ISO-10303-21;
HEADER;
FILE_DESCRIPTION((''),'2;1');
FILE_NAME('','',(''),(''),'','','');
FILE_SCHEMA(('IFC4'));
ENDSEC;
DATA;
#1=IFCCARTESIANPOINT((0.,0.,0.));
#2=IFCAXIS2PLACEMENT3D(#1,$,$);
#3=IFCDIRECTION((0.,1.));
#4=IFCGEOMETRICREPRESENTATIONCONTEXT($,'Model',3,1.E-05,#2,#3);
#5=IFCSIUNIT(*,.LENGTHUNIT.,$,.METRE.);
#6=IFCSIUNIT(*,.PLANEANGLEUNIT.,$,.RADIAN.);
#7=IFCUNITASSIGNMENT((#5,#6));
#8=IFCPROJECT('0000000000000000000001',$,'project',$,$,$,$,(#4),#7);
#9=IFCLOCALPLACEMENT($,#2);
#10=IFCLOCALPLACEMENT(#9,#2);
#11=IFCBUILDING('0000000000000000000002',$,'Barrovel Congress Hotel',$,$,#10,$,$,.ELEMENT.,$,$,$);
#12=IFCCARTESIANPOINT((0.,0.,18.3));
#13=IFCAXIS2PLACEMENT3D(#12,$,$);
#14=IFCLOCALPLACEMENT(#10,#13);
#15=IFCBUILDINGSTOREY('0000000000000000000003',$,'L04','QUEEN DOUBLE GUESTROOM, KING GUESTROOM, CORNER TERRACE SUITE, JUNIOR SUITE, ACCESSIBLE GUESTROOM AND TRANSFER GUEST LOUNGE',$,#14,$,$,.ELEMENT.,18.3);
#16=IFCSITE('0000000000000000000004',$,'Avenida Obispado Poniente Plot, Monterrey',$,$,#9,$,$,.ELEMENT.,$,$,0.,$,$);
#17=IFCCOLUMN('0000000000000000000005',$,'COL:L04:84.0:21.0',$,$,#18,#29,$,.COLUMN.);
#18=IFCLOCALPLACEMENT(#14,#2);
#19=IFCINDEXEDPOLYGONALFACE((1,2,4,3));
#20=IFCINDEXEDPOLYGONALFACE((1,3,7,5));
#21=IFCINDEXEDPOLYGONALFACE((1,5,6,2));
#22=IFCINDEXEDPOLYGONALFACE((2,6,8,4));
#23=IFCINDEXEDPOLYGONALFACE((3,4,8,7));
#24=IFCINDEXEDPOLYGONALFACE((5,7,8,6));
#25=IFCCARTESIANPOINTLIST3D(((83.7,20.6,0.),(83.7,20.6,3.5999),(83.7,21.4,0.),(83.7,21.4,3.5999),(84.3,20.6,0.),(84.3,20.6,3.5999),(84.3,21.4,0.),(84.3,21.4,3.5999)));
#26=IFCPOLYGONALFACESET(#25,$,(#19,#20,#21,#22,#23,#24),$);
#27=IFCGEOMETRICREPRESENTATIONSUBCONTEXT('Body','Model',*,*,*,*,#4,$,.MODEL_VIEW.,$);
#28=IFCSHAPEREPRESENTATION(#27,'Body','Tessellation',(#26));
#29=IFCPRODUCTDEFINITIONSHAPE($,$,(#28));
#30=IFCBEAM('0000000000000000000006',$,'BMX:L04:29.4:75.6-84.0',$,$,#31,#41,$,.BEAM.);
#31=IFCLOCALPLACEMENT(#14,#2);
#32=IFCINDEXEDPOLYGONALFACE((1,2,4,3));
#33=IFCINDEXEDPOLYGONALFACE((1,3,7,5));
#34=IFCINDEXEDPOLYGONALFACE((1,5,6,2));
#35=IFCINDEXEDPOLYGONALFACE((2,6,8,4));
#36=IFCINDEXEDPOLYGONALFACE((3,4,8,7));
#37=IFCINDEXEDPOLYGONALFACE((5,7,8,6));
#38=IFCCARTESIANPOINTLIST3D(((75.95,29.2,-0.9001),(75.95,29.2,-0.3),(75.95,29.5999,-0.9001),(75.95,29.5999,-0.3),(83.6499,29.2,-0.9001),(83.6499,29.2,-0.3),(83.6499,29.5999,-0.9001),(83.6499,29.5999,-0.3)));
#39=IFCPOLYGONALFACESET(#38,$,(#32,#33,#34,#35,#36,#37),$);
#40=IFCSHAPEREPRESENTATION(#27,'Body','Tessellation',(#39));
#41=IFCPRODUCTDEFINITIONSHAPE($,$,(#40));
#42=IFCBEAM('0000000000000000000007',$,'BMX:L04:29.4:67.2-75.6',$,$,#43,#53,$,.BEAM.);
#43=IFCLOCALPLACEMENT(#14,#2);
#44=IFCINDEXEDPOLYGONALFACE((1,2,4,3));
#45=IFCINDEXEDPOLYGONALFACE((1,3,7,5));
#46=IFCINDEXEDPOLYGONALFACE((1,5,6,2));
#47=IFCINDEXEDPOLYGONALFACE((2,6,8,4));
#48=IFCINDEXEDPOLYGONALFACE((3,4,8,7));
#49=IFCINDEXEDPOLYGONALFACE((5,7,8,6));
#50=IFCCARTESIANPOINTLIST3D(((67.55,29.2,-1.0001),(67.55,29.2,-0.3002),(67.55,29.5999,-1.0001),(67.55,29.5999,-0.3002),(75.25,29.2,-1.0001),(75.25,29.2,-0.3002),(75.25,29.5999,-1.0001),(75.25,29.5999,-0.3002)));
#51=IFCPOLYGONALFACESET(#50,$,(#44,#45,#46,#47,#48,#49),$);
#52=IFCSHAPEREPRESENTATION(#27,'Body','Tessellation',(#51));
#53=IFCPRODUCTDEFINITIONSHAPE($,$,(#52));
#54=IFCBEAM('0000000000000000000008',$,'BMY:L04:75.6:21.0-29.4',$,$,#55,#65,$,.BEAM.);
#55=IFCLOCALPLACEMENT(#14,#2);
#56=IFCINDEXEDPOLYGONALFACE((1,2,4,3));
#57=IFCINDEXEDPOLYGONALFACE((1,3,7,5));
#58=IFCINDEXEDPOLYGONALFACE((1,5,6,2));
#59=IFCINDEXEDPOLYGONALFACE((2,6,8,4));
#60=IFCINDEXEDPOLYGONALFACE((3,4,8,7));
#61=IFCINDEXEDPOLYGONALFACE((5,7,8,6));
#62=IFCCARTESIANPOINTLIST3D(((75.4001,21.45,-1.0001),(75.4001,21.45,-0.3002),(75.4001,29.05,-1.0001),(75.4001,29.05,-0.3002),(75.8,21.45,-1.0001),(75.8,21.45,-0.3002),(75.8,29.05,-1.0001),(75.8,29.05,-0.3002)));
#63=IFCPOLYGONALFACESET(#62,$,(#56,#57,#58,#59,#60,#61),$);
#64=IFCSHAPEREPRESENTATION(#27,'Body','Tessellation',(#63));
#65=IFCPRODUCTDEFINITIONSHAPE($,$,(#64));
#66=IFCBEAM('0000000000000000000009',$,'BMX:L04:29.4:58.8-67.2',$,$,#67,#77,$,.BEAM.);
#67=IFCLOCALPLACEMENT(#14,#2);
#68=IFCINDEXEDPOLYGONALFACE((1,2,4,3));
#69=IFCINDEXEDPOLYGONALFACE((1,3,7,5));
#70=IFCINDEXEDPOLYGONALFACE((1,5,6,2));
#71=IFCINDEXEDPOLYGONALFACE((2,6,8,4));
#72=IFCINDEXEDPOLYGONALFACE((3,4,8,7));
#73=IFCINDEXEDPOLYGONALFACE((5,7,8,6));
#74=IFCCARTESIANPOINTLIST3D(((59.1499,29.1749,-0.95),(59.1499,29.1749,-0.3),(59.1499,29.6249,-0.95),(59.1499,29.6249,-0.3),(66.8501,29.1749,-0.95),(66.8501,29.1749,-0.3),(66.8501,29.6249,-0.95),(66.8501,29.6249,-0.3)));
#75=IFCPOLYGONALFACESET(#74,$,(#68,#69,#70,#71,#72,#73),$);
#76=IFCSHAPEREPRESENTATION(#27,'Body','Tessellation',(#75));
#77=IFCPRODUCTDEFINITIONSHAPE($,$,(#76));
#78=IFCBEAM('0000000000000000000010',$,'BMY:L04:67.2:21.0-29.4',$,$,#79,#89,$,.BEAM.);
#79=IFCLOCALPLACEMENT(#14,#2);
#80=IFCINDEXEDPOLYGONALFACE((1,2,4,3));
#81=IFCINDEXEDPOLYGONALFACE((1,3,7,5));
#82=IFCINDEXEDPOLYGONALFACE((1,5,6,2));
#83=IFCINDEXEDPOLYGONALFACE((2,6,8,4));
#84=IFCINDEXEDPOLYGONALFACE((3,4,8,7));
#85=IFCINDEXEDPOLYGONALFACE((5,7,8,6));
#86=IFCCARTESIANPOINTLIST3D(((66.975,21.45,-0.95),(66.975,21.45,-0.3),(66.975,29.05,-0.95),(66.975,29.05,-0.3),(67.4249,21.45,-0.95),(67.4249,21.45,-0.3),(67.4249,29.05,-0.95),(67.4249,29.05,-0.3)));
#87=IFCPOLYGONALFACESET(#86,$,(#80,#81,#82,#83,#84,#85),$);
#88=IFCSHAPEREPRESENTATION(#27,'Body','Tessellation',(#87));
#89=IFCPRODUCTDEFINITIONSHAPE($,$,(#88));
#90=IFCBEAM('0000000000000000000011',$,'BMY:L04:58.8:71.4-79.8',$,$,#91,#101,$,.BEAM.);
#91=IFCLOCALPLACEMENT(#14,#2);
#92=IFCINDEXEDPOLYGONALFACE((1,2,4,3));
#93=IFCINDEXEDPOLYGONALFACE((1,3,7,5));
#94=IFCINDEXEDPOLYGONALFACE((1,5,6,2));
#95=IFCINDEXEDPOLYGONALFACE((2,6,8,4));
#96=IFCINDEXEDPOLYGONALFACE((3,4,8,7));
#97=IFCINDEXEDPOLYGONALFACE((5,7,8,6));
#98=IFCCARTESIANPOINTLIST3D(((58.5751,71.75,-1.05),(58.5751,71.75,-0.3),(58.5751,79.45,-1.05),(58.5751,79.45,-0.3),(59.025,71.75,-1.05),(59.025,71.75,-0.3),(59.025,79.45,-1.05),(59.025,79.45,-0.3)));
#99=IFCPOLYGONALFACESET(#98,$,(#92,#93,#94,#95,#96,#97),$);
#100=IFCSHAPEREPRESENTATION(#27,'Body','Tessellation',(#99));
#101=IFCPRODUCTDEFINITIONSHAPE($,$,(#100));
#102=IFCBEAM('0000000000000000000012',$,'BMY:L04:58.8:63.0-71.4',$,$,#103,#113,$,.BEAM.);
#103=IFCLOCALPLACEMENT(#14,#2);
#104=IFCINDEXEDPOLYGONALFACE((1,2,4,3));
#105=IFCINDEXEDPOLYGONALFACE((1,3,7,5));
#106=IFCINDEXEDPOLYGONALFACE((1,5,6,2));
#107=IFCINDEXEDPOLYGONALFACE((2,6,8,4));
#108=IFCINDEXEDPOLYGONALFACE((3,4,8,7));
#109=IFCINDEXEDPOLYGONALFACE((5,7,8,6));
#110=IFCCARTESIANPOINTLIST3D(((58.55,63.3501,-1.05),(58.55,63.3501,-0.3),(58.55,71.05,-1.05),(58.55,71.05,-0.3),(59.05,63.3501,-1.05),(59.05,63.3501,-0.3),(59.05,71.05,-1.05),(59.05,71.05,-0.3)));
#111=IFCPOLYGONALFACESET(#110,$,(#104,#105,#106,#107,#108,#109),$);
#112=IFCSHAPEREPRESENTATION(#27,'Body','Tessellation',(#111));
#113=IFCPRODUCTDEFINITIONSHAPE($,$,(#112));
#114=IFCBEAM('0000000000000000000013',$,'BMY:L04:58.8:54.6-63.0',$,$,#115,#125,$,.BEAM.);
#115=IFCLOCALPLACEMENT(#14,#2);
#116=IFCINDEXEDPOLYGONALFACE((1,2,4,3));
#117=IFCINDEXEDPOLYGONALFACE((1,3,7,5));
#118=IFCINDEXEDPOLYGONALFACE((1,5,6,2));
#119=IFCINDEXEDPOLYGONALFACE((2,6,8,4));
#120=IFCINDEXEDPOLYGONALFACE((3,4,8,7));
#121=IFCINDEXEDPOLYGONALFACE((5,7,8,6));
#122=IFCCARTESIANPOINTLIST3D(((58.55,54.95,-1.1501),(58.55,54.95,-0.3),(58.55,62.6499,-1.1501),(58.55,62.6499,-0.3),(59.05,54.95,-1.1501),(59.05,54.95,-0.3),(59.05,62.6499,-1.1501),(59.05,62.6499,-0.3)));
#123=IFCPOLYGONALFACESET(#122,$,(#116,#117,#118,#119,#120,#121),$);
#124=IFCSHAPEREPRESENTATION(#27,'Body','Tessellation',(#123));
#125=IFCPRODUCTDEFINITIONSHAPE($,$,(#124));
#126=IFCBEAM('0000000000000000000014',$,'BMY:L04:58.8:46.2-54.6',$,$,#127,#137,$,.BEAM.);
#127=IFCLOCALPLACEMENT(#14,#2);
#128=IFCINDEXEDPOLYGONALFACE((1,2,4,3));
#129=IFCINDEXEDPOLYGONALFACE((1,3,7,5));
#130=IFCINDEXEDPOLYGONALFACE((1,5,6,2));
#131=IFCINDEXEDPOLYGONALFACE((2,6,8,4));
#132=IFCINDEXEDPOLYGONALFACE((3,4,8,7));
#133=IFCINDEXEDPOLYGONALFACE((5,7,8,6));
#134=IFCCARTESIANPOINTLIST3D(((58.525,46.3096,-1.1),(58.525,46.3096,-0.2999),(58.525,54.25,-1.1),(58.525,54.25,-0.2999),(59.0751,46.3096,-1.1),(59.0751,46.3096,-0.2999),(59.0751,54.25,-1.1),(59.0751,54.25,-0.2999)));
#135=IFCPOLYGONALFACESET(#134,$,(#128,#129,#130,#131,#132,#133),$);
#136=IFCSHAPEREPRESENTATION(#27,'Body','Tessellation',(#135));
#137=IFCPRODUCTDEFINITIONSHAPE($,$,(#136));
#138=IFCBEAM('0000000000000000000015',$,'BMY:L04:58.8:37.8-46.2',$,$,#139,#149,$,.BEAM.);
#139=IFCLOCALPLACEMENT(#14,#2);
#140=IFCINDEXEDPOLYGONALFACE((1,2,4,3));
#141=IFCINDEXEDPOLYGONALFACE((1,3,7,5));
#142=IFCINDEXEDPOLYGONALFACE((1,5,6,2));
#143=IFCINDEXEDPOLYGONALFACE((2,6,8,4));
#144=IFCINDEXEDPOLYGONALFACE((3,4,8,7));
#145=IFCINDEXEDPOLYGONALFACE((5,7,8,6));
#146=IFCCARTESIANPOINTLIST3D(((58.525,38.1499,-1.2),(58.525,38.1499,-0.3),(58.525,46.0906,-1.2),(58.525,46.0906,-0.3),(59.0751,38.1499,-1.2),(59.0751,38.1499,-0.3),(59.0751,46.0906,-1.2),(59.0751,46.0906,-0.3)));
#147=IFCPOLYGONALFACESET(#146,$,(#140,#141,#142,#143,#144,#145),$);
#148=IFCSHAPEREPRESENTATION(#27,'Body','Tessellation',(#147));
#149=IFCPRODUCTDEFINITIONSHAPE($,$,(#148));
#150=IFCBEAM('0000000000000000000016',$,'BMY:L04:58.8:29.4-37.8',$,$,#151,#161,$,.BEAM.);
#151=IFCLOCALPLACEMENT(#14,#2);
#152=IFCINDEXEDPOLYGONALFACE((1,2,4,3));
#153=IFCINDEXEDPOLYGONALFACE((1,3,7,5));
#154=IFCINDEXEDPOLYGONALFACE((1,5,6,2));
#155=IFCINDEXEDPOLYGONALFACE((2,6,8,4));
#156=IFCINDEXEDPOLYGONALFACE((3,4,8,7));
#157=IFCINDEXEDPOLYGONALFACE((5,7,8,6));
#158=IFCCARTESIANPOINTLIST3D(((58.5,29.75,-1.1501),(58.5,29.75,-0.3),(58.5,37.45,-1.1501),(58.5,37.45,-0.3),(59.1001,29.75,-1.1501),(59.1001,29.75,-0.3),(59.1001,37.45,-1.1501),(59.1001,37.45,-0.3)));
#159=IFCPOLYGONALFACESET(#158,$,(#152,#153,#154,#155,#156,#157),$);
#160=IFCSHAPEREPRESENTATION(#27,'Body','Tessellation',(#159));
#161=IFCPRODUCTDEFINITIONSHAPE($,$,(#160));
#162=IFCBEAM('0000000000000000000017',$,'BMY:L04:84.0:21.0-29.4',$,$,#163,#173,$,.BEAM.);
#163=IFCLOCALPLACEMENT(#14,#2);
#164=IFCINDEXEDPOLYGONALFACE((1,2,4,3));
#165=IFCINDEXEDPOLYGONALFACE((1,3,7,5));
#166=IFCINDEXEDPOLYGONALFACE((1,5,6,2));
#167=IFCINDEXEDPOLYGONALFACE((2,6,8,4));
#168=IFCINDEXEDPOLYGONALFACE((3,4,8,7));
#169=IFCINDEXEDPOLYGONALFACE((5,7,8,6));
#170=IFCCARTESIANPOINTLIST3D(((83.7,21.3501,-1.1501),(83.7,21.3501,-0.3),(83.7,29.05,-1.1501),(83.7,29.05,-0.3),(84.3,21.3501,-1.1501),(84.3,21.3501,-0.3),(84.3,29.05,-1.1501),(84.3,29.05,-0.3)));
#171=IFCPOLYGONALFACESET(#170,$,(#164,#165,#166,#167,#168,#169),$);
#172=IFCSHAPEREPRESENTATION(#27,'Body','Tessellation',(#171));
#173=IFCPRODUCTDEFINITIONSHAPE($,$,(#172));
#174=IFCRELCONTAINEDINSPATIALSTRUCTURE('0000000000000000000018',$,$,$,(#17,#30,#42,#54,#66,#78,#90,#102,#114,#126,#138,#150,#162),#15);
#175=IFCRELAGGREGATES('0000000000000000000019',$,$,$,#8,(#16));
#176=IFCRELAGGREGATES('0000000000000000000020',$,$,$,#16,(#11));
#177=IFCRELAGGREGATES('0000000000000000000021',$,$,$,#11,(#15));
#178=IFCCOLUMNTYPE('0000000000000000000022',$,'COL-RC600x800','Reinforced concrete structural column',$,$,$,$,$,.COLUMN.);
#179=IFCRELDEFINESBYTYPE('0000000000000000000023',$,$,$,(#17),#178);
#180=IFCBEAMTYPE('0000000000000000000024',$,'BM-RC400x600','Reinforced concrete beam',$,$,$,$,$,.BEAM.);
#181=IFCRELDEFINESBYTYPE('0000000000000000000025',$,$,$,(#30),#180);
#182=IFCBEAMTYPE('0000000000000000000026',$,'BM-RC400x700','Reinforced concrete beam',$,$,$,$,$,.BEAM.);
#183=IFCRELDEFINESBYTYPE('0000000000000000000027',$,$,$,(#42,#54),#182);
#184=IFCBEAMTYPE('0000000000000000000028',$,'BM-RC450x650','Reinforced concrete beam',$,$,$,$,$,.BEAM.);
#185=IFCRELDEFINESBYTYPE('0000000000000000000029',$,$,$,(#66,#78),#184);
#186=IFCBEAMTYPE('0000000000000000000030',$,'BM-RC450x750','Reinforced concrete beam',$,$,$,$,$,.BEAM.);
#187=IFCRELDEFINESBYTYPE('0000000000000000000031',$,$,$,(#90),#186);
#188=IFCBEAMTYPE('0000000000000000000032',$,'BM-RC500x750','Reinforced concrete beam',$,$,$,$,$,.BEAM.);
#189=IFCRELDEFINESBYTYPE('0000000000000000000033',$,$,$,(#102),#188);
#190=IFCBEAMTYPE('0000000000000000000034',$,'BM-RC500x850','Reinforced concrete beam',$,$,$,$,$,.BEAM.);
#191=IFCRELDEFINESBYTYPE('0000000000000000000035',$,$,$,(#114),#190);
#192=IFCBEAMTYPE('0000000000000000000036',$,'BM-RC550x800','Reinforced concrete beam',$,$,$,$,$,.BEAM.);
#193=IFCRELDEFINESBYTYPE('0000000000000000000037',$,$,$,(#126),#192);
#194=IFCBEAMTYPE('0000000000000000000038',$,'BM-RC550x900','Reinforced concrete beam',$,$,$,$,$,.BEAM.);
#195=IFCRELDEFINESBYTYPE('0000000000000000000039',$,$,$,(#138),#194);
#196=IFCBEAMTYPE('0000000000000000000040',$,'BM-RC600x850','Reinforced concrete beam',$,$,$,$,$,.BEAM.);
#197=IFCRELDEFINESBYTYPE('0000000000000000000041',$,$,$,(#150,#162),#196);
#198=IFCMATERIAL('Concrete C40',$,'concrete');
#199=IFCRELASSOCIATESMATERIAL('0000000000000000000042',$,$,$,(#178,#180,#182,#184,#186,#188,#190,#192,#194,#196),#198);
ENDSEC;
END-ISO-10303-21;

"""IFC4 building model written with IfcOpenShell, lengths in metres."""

from ifc_helpers import new_model, si_unit, direction, frame, origin, origin_2d, place, context, subcontext, project, spatial, rectangle, extrude, material, material_profile, profile_set, type_object, element, save


model = new_model("IFC4")

# Units and contexts
model_context = context("Model", 3, precision=1e-05, world=origin(), true_north=direction((0.0, 1.0)))
body_context = subcontext(model_context, "Body", "Model", "MODEL_VIEW")
ifc_project = project(units=[si_unit("LENGTHUNIT", "METRE"), si_unit("PLANEANGLEUNIT", "RADIAN")], contexts=[model_context])

# Site, building, storey
site_placement = place(None, origin())
site = spatial("IfcSite", under=ifc_project, at=site_placement, Name="Avenida Obispado Poniente Plot, Monterrey", CompositionType="ELEMENT", RefElevation=0.0)
building_placement = place(site_placement, origin())
building = spatial("IfcBuilding", under=site, at=building_placement, Name="Barrovel Congress Hotel", CompositionType="ELEMENT")
storey_placement = place(building_placement, frame((0.0, 0.0, 18.3)))
storey = spatial("IfcBuildingStorey", under=building, at=storey_placement, Name="L04", Description="QUEEN DOUBLE GUESTROOM, KING GUESTROOM, CORNER TERRACE SUITE, JUNIOR SUITE, ACCESSIBLE GUESTROOM AND TRANSFER GUEST LOUNGE", CompositionType="ELEMENT", Elevation=18.3)

# Column
ifc_material_1 = material(Name="Concrete C40", Category="concrete")
ifc_material_profile_1 = material_profile(ifc_material_1, rectangle(XDim=0.6001, YDim=0.8, at=origin_2d()), Name="RC600x800")
ifc_profile_set_1 = profile_set([ifc_material_profile_1], Name="Concrete C40")
column_type = type_object("IfcColumnType", Name="COL-RC600x800", Description="Reinforced concrete structural column", PredefinedType="COLUMN", material=ifc_profile_set_1)
column_placement = place(storey_placement, frame((84.0, 21.0, 0.0), z_axis=(0.0, 0.0, 1.0), x_axis=(1.0, 0.0, 0.0)))
element("IfcColumn", 1, at=column_placement, inside=storey, type_object=column_type, Name="COL:L04:84.0:21.0", PredefinedType="COLUMN", context=body_context, shape_type="SweptSolid", body=[
    extrude(rectangle(XDim=0.6001, YDim=0.8, at=origin_2d()), origin(), (0.0, 0.0, 1.0), 3.5999),
])

# Beams
ifc_material_profile_2 = material_profile(ifc_material_1, rectangle(XDim=0.3999, YDim=0.6001, at=origin_2d()), Name="RC400x600")
ifc_profile_set_2 = profile_set([ifc_material_profile_2], Name="Concrete C40")
beam_type_1 = type_object("IfcBeamType", Name="BM-RC400x600", Description="Reinforced concrete beam", PredefinedType="BEAM", material=ifc_profile_set_2)
beam_1_placement = place(storey_placement, frame((75.95, 29.3999, -0.6001), z_axis=(1.0, 0.0, 0.0), x_axis=(0.0, 1.0, 0.0)))
element("IfcBeam", 2, at=beam_1_placement, inside=storey, type_object=beam_type_1, Name="BMX:L04:29.4:75.6-84.0", PredefinedType="BEAM", context=body_context, shape_type="SweptSolid", body=[
    extrude(rectangle(XDim=0.3999, YDim=0.6001, at=origin_2d()), origin(), (0.0, 0.0, 1.0), 7.7),
])
ifc_material_profile_3 = material_profile(ifc_material_1, rectangle(XDim=0.3999, YDim=0.7, at=origin_2d()), Name="RC400x700")
ifc_profile_set_3 = profile_set([ifc_material_profile_3], Name="Concrete C40")
beam_type_2 = type_object("IfcBeamType", Name="BM-RC400x700", Description="Reinforced concrete beam", PredefinedType="BEAM", material=ifc_profile_set_3)
beam_2_placement = place(storey_placement, frame((67.55, 29.3999, -0.6501), z_axis=(1.0, 0.0, 0.0), x_axis=(0.0, 1.0, 0.0)))
element("IfcBeam", 3, at=beam_2_placement, inside=storey, type_object=beam_type_2, Name="BMX:L04:29.4:67.2-75.6", PredefinedType="BEAM", context=body_context, shape_type="SweptSolid", body=[
    extrude(rectangle(XDim=0.3999, YDim=0.7, at=origin_2d()), origin(), (0.0, 0.0, 1.0), 7.7),
])
beam_3_placement = place(storey_placement, frame((75.6001, 21.45, -0.6501), z_axis=(0.0, 1.0, 0.0), x_axis=(-1.0, 0.0, 0.0)))
element("IfcBeam", 4, at=beam_3_placement, inside=storey, type_object=beam_type_2, Name="BMY:L04:75.6:21.0-29.4", PredefinedType="BEAM", context=body_context, shape_type="SweptSolid", body=[
    extrude(rectangle(XDim=0.3999, YDim=0.7, at=origin_2d()), origin(), (0.0, 0.0, 1.0), 7.6001),
])
ifc_material_profile_4 = material_profile(ifc_material_1, rectangle(XDim=0.45, YDim=0.6499, at=origin_2d()), Name="RC450x650")
ifc_profile_set_4 = profile_set([ifc_material_profile_4], Name="Concrete C40")
beam_type_3 = type_object("IfcBeamType", Name="BM-RC450x650", Description="Reinforced concrete beam", PredefinedType="BEAM", material=ifc_profile_set_4)
beam_4_placement = place(storey_placement, frame((59.1499, 29.3999, -0.625), z_axis=(1.0, 0.0, 0.0), x_axis=(0.0, 1.0, 0.0)))
element("IfcBeam", 5, at=beam_4_placement, inside=storey, type_object=beam_type_3, Name="BMX:L04:29.4:58.8-67.2", PredefinedType="BEAM", context=body_context, shape_type="SweptSolid", body=[
    extrude(rectangle(XDim=0.45, YDim=0.6499, at=origin_2d()), origin(), (0.0, 0.0, 1.0), 7.7002),
])
beam_5_placement = place(storey_placement, frame((67.2, 21.45, -0.625), z_axis=(0.0, 1.0, 0.0), x_axis=(-1.0, 0.0, 0.0)))
element("IfcBeam", 6, at=beam_5_placement, inside=storey, type_object=beam_type_3, Name="BMY:L04:67.2:21.0-29.4", PredefinedType="BEAM", context=body_context, shape_type="SweptSolid", body=[
    extrude(rectangle(XDim=0.45, YDim=0.6499, at=origin_2d()), origin(), (0.0, 0.0, 1.0), 7.6001),
])
ifc_material_profile_5 = material_profile(ifc_material_1, rectangle(XDim=0.45, YDim=0.75, at=origin_2d()), Name="RC450x750")
ifc_profile_set_5 = profile_set([ifc_material_profile_5], Name="Concrete C40")
beam_type_4 = type_object("IfcBeamType", Name="BM-RC450x750", Description="Reinforced concrete beam", PredefinedType="BEAM", material=ifc_profile_set_5)
beam_6_placement = place(storey_placement, frame((58.8, 71.75, -0.675), z_axis=(0.0, 1.0, 0.0), x_axis=(-1.0, 0.0, 0.0)))
element("IfcBeam", 7, at=beam_6_placement, inside=storey, type_object=beam_type_4, Name="BMY:L04:58.8:71.4-79.8", PredefinedType="BEAM", context=body_context, shape_type="SweptSolid", body=[
    extrude(rectangle(XDim=0.45, YDim=0.75, at=origin_2d()), origin(), (0.0, 0.0, 1.0), 7.7),
])
ifc_material_profile_6 = material_profile(ifc_material_1, rectangle(XDim=0.5, YDim=0.75, at=origin_2d()), Name="RC500x750")
ifc_profile_set_6 = profile_set([ifc_material_profile_6], Name="Concrete C40")
beam_type_5 = type_object("IfcBeamType", Name="BM-RC500x750", Description="Reinforced concrete beam", PredefinedType="BEAM", material=ifc_profile_set_6)
beam_7_placement = place(storey_placement, frame((58.8, 63.3501, -0.675), z_axis=(0.0, 1.0, 0.0), x_axis=(-1.0, 0.0, 0.0)))
element("IfcBeam", 8, at=beam_7_placement, inside=storey, type_object=beam_type_5, Name="BMY:L04:58.8:63.0-71.4", PredefinedType="BEAM", context=body_context, shape_type="SweptSolid", body=[
    extrude(rectangle(XDim=0.5, YDim=0.75, at=origin_2d()), origin(), (0.0, 0.0, 1.0), 7.7),
])
ifc_material_profile_7 = material_profile(ifc_material_1, rectangle(XDim=0.5, YDim=0.8501, at=origin_2d()), Name="RC500x850")
ifc_profile_set_7 = profile_set([ifc_material_profile_7], Name="Concrete C40")
beam_type_6 = type_object("IfcBeamType", Name="BM-RC500x850", Description="Reinforced concrete beam", PredefinedType="BEAM", material=ifc_profile_set_7)
beam_8_placement = place(storey_placement, frame((58.8, 54.95, -0.7251), z_axis=(0.0, 1.0, 0.0), x_axis=(-1.0, 0.0, 0.0)))
element("IfcBeam", 9, at=beam_8_placement, inside=storey, type_object=beam_type_6, Name="BMY:L04:58.8:54.6-63.0", PredefinedType="BEAM", context=body_context, shape_type="SweptSolid", body=[
    extrude(rectangle(XDim=0.5, YDim=0.8501, at=origin_2d()), origin(), (0.0, 0.0, 1.0), 7.7),
])
ifc_material_profile_8 = material_profile(ifc_material_1, rectangle(XDim=0.55, YDim=0.8, at=origin_2d()), Name="RC550x800")
ifc_profile_set_8 = profile_set([ifc_material_profile_8], Name="Concrete C40")
beam_type_7 = type_object("IfcBeamType", Name="BM-RC550x800", Description="Reinforced concrete beam", PredefinedType="BEAM", material=ifc_profile_set_8)
beam_9_placement = place(storey_placement, frame((58.8, 46.3096, -0.7), z_axis=(0.0, 1.0, 0.0), x_axis=(-1.0, 0.0, 0.0)))
element("IfcBeam", 10, at=beam_9_placement, inside=storey, type_object=beam_type_7, Name="BMY:L04:58.8:46.2-54.6", PredefinedType="BEAM", context=body_context, shape_type="SweptSolid", body=[
    extrude(rectangle(XDim=0.55, YDim=0.8, at=origin_2d()), origin(), (0.0, 0.0, 1.0), 7.9404),
])
ifc_material_profile_9 = material_profile(ifc_material_1, rectangle(XDim=0.55, YDim=0.8999, at=origin_2d()), Name="RC550x900")
ifc_profile_set_9 = profile_set([ifc_material_profile_9], Name="Concrete C40")
beam_type_8 = type_object("IfcBeamType", Name="BM-RC550x900", Description="Reinforced concrete beam", PredefinedType="BEAM", material=ifc_profile_set_9)
beam_10_placement = place(storey_placement, frame((58.8, 38.1499, -0.75), z_axis=(0.0, 1.0, 0.0), x_axis=(-1.0, 0.0, 0.0)))
element("IfcBeam", 11, at=beam_10_placement, inside=storey, type_object=beam_type_8, Name="BMY:L04:58.8:37.8-46.2", PredefinedType="BEAM", context=body_context, shape_type="SweptSolid", body=[
    extrude(rectangle(XDim=0.55, YDim=0.8999, at=origin_2d()), origin(), (0.0, 0.0, 1.0), 7.9407),
])
ifc_material_profile_10 = material_profile(ifc_material_1, rectangle(XDim=0.6001, YDim=0.8501, at=origin_2d()), Name="RC600x850")
ifc_profile_set_10 = profile_set([ifc_material_profile_10], Name="Concrete C40")
beam_type_9 = type_object("IfcBeamType", Name="BM-RC600x850", Description="Reinforced concrete beam", PredefinedType="BEAM", material=ifc_profile_set_10)
for number, where, z_axis, x_axis, name in (
    (12, (58.8, 29.75, -0.7251), (0.0, 1.0, 0.0), (-1.0, 0.0, 0.0), "BMY:L04:58.8:29.4-37.8"),
    (13, (84.0, 21.3501, -0.7251), (0.0, 1.0, 0.0), (-1.0, 0.0, 0.0), "BMY:L04:84.0:21.0-29.4"),
):
    element("IfcBeam", number, at=place(storey_placement, frame(where, z_axis=z_axis, x_axis=x_axis)), inside=storey, type_object=beam_type_9, Name=name, PredefinedType="BEAM", context=body_context, shape_type="SweptSolid", body=[
        extrude(rectangle(XDim=0.6001, YDim=0.8501, at=origin_2d()), origin(), (0.0, 0.0, 1.0), 7.7),
    ])

save(model, "model.ifc")
